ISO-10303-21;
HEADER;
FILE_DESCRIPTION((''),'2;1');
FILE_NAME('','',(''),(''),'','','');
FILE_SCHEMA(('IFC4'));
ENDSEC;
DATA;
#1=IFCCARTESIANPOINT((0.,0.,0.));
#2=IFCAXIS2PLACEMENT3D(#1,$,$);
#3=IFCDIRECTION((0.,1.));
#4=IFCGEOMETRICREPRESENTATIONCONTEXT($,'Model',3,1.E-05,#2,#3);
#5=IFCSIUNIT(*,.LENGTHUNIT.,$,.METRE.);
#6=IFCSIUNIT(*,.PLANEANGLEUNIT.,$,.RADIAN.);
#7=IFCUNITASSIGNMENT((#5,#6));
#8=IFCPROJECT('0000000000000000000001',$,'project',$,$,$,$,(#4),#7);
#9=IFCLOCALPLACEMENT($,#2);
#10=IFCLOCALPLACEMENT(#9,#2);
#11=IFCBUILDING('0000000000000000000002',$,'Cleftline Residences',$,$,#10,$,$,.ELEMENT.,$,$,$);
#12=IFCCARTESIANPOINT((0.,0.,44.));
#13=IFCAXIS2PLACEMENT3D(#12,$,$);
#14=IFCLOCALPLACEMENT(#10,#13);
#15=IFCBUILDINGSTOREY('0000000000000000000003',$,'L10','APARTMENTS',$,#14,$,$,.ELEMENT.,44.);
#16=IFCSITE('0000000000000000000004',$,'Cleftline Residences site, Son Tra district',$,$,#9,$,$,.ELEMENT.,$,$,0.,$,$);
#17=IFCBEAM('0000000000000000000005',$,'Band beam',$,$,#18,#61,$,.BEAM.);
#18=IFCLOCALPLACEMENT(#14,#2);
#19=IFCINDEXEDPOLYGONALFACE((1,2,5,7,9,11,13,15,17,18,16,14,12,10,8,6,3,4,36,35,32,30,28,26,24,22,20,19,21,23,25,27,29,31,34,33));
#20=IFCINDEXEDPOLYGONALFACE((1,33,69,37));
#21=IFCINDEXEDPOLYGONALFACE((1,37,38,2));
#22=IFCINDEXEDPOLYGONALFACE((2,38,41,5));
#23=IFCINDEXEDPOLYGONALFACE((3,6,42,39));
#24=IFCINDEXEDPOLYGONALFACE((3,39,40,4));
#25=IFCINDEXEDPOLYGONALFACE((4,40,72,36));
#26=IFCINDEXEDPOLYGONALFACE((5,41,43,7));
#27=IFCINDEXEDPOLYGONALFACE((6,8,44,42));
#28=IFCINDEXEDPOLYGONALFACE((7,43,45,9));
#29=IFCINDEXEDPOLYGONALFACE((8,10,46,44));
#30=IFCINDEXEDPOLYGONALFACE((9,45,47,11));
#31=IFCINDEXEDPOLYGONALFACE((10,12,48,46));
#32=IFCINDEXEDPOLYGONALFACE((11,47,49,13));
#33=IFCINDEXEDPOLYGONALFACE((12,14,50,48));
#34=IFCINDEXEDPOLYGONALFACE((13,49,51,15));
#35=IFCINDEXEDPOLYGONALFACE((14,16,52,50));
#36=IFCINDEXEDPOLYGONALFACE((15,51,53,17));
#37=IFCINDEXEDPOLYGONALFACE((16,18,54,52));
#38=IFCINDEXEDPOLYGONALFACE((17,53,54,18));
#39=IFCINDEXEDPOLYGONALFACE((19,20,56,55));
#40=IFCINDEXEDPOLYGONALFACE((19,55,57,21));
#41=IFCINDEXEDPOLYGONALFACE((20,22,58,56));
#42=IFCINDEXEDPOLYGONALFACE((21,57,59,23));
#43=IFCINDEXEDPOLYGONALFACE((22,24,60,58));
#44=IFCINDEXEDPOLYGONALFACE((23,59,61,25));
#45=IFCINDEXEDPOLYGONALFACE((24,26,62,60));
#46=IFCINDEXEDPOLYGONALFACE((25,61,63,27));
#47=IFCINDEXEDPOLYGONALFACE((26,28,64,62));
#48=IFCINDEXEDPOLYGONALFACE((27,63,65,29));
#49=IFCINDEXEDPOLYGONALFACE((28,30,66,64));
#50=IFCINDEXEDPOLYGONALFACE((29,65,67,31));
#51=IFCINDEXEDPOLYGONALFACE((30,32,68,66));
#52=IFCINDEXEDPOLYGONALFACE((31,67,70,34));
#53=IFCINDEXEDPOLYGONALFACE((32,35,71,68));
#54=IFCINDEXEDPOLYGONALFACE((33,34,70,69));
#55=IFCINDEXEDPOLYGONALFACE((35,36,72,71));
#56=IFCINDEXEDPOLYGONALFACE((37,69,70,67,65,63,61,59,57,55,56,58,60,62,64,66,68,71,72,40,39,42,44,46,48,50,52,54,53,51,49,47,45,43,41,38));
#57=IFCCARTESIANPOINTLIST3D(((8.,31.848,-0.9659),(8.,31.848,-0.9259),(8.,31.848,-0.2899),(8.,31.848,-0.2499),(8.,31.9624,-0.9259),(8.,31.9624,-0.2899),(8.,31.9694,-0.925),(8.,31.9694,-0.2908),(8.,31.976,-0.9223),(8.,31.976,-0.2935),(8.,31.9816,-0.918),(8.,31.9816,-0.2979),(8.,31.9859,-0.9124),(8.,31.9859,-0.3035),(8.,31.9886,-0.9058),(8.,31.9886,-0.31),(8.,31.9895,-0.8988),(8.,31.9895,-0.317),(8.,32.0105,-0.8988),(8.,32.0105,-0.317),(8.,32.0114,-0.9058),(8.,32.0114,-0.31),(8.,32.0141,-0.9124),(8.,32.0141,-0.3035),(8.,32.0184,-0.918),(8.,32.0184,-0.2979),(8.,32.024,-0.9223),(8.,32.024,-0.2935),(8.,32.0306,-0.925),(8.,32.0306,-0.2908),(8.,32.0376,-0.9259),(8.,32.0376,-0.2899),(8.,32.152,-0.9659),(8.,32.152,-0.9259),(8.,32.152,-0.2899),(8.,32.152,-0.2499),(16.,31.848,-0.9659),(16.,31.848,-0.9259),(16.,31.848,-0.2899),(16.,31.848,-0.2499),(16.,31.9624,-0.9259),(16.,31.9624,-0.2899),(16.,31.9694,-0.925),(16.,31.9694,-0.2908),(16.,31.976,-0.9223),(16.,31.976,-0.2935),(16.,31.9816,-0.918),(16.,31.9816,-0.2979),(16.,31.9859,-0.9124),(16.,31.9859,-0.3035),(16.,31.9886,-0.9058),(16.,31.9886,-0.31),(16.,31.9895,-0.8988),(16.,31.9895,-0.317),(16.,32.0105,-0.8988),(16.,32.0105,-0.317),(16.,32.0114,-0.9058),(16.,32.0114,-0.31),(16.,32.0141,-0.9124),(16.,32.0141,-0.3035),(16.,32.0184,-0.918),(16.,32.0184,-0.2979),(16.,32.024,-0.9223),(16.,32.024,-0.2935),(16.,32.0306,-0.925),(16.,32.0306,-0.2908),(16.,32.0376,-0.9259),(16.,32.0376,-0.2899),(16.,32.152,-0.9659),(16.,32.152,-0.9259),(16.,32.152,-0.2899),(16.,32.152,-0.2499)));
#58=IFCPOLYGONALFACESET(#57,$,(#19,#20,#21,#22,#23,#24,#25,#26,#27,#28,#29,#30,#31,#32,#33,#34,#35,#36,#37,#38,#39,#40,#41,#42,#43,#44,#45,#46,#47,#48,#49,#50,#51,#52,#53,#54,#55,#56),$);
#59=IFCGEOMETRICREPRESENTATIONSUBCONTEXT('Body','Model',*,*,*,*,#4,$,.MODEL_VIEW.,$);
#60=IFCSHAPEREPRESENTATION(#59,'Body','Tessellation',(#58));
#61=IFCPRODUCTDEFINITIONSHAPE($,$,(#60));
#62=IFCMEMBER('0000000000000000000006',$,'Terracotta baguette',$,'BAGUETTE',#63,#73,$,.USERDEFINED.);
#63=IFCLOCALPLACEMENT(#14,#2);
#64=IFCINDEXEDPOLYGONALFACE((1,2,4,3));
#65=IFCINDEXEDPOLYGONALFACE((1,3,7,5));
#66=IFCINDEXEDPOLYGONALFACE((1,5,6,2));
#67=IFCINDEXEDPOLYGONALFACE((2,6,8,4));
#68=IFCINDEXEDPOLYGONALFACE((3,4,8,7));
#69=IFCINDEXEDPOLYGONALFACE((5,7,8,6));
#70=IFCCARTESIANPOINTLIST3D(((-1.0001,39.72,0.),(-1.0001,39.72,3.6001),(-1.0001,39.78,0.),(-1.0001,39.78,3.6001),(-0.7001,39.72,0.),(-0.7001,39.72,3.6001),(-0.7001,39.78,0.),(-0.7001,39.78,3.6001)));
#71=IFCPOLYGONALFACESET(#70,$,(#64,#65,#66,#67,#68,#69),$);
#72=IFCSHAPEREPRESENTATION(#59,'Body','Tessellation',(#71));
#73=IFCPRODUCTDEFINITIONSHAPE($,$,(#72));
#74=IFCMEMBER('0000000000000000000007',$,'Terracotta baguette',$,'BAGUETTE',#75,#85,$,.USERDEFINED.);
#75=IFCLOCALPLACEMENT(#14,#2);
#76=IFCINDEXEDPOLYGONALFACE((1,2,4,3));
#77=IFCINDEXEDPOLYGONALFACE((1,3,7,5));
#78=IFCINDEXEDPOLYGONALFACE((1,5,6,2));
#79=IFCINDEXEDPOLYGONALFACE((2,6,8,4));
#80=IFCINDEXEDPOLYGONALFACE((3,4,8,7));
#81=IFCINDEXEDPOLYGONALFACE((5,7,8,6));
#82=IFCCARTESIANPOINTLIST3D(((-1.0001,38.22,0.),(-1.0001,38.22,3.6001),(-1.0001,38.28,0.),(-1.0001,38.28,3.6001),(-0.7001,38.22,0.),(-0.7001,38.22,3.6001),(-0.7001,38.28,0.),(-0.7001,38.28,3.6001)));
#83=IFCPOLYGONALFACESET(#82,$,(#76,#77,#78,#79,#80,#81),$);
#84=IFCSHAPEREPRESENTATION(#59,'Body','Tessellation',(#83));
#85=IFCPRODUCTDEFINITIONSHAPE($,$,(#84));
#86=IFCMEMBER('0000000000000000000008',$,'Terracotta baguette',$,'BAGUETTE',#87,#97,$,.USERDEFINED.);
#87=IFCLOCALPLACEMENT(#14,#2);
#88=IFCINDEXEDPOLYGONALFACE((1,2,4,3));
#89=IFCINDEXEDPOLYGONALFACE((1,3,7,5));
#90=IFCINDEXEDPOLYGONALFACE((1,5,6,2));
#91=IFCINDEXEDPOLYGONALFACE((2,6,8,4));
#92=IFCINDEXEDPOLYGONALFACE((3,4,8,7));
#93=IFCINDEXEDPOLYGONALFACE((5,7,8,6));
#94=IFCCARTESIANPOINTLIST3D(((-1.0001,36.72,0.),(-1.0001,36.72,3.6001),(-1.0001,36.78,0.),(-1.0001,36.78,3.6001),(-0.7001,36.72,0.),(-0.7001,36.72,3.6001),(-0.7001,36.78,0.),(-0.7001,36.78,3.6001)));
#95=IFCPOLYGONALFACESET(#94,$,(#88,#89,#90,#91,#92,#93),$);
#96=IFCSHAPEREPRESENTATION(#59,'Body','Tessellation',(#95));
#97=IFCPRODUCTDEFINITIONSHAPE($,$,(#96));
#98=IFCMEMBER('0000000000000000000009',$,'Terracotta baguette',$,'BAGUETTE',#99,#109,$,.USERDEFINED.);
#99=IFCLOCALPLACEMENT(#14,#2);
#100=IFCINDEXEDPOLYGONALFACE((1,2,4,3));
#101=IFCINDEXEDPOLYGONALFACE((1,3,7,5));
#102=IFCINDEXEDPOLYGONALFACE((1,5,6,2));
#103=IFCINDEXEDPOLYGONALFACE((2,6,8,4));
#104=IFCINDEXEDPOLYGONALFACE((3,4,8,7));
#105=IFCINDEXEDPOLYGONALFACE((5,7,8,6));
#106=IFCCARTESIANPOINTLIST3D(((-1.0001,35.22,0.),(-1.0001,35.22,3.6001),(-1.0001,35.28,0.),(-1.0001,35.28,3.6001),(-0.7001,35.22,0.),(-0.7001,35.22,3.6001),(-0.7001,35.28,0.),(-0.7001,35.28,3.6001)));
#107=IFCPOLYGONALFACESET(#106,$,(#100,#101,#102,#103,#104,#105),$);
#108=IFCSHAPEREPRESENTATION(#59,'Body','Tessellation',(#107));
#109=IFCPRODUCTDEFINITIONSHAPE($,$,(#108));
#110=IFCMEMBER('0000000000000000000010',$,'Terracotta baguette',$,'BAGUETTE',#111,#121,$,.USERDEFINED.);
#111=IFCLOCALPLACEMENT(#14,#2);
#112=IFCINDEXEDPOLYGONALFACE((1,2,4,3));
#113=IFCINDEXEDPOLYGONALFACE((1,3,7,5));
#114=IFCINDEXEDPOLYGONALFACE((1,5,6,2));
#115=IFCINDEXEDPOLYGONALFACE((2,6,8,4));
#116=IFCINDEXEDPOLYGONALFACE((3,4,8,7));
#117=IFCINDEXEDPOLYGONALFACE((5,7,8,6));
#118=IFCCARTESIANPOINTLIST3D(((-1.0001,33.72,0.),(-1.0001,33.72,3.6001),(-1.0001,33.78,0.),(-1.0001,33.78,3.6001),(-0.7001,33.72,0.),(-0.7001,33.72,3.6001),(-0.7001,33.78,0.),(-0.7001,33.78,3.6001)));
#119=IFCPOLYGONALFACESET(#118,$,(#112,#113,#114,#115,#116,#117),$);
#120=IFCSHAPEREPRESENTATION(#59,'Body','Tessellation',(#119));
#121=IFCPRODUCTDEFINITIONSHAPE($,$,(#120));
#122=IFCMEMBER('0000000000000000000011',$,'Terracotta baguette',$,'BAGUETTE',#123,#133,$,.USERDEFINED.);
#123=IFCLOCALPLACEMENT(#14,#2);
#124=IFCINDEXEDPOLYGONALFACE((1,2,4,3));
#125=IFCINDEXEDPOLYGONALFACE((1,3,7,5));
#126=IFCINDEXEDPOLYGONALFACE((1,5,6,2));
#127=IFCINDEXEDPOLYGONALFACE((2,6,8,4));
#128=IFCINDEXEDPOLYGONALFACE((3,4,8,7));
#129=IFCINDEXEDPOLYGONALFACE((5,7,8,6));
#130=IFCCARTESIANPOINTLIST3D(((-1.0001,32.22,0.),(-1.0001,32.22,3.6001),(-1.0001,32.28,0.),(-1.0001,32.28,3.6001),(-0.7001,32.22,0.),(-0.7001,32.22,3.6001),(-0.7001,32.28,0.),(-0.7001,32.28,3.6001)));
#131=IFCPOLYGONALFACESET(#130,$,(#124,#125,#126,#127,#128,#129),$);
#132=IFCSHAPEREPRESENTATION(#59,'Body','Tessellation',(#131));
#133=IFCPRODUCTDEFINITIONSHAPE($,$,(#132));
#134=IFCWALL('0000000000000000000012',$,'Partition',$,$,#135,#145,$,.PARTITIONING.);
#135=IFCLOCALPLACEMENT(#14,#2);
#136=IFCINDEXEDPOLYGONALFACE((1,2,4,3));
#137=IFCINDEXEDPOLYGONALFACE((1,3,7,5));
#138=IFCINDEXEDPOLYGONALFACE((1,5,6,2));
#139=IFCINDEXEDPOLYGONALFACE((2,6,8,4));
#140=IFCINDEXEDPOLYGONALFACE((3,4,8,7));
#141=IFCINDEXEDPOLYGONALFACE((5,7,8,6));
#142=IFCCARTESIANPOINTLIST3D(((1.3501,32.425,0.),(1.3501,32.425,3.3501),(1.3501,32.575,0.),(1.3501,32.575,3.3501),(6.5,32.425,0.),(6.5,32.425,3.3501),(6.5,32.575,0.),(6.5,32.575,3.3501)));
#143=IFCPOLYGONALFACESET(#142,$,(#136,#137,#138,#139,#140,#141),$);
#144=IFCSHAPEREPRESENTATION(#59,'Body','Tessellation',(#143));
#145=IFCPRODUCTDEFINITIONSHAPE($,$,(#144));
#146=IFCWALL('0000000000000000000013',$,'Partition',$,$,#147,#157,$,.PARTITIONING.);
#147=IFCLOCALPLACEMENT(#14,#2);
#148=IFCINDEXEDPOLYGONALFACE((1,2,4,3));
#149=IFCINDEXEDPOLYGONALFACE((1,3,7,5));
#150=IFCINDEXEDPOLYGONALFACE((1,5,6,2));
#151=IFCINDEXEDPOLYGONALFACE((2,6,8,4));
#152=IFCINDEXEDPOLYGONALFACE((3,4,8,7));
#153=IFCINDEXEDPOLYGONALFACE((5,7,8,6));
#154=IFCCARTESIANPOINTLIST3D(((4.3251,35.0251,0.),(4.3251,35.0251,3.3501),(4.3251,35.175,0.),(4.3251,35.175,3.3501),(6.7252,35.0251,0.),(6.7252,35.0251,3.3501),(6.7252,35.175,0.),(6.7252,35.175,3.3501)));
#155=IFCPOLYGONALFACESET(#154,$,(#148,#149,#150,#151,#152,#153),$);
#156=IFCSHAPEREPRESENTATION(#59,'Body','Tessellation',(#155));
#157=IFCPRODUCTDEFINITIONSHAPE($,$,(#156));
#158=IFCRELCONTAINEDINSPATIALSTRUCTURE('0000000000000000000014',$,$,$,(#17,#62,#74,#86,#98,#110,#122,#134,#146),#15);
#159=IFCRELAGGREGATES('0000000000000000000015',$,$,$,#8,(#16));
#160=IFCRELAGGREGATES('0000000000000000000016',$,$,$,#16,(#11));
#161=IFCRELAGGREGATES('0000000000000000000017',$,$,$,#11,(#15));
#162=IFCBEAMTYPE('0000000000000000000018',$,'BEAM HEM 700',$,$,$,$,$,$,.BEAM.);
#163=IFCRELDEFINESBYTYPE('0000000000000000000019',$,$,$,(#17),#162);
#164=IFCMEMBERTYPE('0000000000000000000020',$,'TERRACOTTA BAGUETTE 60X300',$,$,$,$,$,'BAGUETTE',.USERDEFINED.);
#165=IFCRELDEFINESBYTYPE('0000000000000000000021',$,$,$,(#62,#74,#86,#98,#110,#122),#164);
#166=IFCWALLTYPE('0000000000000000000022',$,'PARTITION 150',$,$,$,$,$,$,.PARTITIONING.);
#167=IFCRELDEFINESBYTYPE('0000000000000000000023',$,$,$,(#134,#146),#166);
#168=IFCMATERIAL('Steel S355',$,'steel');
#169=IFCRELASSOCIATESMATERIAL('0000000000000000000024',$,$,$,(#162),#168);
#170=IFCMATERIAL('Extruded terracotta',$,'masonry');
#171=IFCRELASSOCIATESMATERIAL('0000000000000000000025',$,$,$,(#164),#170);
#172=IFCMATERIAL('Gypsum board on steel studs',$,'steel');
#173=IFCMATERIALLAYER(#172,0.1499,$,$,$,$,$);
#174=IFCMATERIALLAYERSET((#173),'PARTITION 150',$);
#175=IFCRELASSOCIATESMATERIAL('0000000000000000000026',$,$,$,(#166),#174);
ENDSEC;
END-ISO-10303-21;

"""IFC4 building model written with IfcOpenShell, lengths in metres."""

from ifc_helpers import new_model, si_unit, direction, frame, frame_2d, origin, origin_2d, place, context, subcontext, project, spatial, rectangle, i_section, extrude, material, layer, layer_set, material_profile, profile_set, type_object, element, save


model = new_model("IFC4")

# Units and contexts
model_context = context("Model", 3, precision=1e-05, world=origin(), true_north=direction((0.0, 1.0)))
body_context = subcontext(model_context, "Body", "Model", "MODEL_VIEW")
ifc_project = project(units=[si_unit("LENGTHUNIT", "METRE"), si_unit("PLANEANGLEUNIT", "RADIAN")], contexts=[model_context])

# Site, building, storey
site_placement = place(None, origin())
site = spatial("IfcSite", under=ifc_project, at=site_placement, Name="Cleftline Residences site, Son Tra district", CompositionType="ELEMENT", RefElevation=0.0)
building_placement = place(site_placement, origin())
building = spatial("IfcBuilding", under=site, at=building_placement, Name="Cleftline Residences", CompositionType="ELEMENT")
storey_placement = place(building_placement, frame((0.0, 0.0, 44.0)))
storey = spatial("IfcBuildingStorey", under=building, at=storey_placement, Name="L10", Description="APARTMENTS", CompositionType="ELEMENT", Elevation=44.0)

# Beam
ifc_material_1 = material(Name="Steel S355", Category="steel")
ifc_material_profile_1 = material_profile(ifc_material_1, i_section(OverallWidth=0.304, OverallDepth=0.7161, WebThickness=0.021, FlangeThickness=0.04, FilletRadius=0.0271, at=origin_2d()))
ifc_profile_set_1 = profile_set([ifc_material_profile_1], Name="Steel S355")
beam_type = type_object("IfcBeamType", Name="BEAM HEM 700", PredefinedType="BEAM", material=ifc_profile_set_1)
beam_placement = place(storey_placement, frame((8.0, 32.0, -0.6079), z_axis=(1.0, 0.0, 0.0), x_axis=(0.0, 1.0, 0.0)))
element("IfcBeam", 1, at=beam_placement, inside=storey, type_object=beam_type, Name="Band beam", PredefinedType="BEAM", context=body_context, shape_type="SweptSolid", body=[
    extrude(i_section(OverallWidth=0.304, OverallDepth=0.7161, WebThickness=0.021, FlangeThickness=0.04, FilletRadius=0.0271, at=origin_2d()), origin(), (0.0, 0.0, 1.0), 8.0),
])

# Members
ifc_material_2 = material(Name="Extruded terracotta", Category="masonry")
ifc_material_profile_2 = material_profile(ifc_material_2, rectangle(XDim=0.0601, YDim=0.3, at=origin_2d()))
ifc_profile_set_2 = profile_set([ifc_material_profile_2], Name="Extruded terracotta")
member_type = type_object("IfcMemberType", Name="TERRACOTTA BAGUETTE 60X300", ElementType="BAGUETTE", PredefinedType="USERDEFINED", material=ifc_profile_set_2)
for number, where, z_axis, x_axis, name in (
    (2, (-0.8501, 39.75, 0.0), (0.0, 0.0, 1.0), (0.0, 1.0, 0.0), "Terracotta baguette"),
    (3, (-0.8501, 38.25, 0.0), (0.0, 0.0, 1.0), (0.0, 1.0, 0.0), "Terracotta baguette"),
    (4, (-0.8501, 36.75, 0.0), (0.0, 0.0, 1.0), (0.0, 1.0, 0.0), "Terracotta baguette"),
    (5, (-0.8501, 35.25, 0.0), (0.0, 0.0, 1.0), (0.0, 1.0, 0.0), "Terracotta baguette"),
    (6, (-0.8501, 33.75, 0.0), (0.0, 0.0, 1.0), (0.0, 1.0, 0.0), "Terracotta baguette"),
    (7, (-0.8501, 32.25, 0.0), (0.0, 0.0, 1.0), (0.0, 1.0, 0.0), "Terracotta baguette"),
):
    element("IfcMember", number, at=place(storey_placement, frame(where, z_axis=z_axis, x_axis=x_axis)), inside=storey, type_object=member_type, Name=name, ObjectType="BAGUETTE", PredefinedType="USERDEFINED", context=body_context, shape_type="SweptSolid", body=[
        extrude(rectangle(XDim=0.0601, YDim=0.3, at=origin_2d()), origin(), (0.0, 0.0, 1.0), 3.6001),
    ])

# Walls
ifc_material_3 = material(Name="Gypsum board on steel studs", Category="steel")
ifc_layer = layer(ifc_material_3, 0.1499)
ifc_layer_set = layer_set([ifc_layer], Name="PARTITION 150")
wall_type = type_object("IfcWallType", Name="PARTITION 150", PredefinedType="PARTITIONING", material=ifc_layer_set)
wall_1_placement = place(storey_placement, frame((1.3501, 32.5, 0.0), z_axis=(0.0, 0.0, 1.0), x_axis=(1.0, 0.0, 0.0)))
element("IfcWall", 8, at=wall_1_placement, inside=storey, type_object=wall_type, Name="Partition", PredefinedType="PARTITIONING", context=body_context, shape_type="SweptSolid", body=[
    extrude(rectangle(XDim=5.1499, YDim=0.1499, at=frame_2d((2.575, 0.0))), origin(), (0.0, 0.0, 1.0), 3.3501),
])
wall_2_placement = place(storey_placement, frame((4.325, 35.1001, 0.0), z_axis=(0.0, 0.0, 1.0), x_axis=(1.0, 0.0, 0.0)))
element("IfcWall", 9, at=wall_2_placement, inside=storey, type_object=wall_type, Name="Partition", PredefinedType="PARTITIONING", context=body_context, shape_type="SweptSolid", body=[
    extrude(rectangle(XDim=2.4001, YDim=0.1499, at=frame_2d((1.2002, 0.0))), origin(), (0.0, 0.0, 1.0), 3.3501),
])

save(model, "model.ifc")
